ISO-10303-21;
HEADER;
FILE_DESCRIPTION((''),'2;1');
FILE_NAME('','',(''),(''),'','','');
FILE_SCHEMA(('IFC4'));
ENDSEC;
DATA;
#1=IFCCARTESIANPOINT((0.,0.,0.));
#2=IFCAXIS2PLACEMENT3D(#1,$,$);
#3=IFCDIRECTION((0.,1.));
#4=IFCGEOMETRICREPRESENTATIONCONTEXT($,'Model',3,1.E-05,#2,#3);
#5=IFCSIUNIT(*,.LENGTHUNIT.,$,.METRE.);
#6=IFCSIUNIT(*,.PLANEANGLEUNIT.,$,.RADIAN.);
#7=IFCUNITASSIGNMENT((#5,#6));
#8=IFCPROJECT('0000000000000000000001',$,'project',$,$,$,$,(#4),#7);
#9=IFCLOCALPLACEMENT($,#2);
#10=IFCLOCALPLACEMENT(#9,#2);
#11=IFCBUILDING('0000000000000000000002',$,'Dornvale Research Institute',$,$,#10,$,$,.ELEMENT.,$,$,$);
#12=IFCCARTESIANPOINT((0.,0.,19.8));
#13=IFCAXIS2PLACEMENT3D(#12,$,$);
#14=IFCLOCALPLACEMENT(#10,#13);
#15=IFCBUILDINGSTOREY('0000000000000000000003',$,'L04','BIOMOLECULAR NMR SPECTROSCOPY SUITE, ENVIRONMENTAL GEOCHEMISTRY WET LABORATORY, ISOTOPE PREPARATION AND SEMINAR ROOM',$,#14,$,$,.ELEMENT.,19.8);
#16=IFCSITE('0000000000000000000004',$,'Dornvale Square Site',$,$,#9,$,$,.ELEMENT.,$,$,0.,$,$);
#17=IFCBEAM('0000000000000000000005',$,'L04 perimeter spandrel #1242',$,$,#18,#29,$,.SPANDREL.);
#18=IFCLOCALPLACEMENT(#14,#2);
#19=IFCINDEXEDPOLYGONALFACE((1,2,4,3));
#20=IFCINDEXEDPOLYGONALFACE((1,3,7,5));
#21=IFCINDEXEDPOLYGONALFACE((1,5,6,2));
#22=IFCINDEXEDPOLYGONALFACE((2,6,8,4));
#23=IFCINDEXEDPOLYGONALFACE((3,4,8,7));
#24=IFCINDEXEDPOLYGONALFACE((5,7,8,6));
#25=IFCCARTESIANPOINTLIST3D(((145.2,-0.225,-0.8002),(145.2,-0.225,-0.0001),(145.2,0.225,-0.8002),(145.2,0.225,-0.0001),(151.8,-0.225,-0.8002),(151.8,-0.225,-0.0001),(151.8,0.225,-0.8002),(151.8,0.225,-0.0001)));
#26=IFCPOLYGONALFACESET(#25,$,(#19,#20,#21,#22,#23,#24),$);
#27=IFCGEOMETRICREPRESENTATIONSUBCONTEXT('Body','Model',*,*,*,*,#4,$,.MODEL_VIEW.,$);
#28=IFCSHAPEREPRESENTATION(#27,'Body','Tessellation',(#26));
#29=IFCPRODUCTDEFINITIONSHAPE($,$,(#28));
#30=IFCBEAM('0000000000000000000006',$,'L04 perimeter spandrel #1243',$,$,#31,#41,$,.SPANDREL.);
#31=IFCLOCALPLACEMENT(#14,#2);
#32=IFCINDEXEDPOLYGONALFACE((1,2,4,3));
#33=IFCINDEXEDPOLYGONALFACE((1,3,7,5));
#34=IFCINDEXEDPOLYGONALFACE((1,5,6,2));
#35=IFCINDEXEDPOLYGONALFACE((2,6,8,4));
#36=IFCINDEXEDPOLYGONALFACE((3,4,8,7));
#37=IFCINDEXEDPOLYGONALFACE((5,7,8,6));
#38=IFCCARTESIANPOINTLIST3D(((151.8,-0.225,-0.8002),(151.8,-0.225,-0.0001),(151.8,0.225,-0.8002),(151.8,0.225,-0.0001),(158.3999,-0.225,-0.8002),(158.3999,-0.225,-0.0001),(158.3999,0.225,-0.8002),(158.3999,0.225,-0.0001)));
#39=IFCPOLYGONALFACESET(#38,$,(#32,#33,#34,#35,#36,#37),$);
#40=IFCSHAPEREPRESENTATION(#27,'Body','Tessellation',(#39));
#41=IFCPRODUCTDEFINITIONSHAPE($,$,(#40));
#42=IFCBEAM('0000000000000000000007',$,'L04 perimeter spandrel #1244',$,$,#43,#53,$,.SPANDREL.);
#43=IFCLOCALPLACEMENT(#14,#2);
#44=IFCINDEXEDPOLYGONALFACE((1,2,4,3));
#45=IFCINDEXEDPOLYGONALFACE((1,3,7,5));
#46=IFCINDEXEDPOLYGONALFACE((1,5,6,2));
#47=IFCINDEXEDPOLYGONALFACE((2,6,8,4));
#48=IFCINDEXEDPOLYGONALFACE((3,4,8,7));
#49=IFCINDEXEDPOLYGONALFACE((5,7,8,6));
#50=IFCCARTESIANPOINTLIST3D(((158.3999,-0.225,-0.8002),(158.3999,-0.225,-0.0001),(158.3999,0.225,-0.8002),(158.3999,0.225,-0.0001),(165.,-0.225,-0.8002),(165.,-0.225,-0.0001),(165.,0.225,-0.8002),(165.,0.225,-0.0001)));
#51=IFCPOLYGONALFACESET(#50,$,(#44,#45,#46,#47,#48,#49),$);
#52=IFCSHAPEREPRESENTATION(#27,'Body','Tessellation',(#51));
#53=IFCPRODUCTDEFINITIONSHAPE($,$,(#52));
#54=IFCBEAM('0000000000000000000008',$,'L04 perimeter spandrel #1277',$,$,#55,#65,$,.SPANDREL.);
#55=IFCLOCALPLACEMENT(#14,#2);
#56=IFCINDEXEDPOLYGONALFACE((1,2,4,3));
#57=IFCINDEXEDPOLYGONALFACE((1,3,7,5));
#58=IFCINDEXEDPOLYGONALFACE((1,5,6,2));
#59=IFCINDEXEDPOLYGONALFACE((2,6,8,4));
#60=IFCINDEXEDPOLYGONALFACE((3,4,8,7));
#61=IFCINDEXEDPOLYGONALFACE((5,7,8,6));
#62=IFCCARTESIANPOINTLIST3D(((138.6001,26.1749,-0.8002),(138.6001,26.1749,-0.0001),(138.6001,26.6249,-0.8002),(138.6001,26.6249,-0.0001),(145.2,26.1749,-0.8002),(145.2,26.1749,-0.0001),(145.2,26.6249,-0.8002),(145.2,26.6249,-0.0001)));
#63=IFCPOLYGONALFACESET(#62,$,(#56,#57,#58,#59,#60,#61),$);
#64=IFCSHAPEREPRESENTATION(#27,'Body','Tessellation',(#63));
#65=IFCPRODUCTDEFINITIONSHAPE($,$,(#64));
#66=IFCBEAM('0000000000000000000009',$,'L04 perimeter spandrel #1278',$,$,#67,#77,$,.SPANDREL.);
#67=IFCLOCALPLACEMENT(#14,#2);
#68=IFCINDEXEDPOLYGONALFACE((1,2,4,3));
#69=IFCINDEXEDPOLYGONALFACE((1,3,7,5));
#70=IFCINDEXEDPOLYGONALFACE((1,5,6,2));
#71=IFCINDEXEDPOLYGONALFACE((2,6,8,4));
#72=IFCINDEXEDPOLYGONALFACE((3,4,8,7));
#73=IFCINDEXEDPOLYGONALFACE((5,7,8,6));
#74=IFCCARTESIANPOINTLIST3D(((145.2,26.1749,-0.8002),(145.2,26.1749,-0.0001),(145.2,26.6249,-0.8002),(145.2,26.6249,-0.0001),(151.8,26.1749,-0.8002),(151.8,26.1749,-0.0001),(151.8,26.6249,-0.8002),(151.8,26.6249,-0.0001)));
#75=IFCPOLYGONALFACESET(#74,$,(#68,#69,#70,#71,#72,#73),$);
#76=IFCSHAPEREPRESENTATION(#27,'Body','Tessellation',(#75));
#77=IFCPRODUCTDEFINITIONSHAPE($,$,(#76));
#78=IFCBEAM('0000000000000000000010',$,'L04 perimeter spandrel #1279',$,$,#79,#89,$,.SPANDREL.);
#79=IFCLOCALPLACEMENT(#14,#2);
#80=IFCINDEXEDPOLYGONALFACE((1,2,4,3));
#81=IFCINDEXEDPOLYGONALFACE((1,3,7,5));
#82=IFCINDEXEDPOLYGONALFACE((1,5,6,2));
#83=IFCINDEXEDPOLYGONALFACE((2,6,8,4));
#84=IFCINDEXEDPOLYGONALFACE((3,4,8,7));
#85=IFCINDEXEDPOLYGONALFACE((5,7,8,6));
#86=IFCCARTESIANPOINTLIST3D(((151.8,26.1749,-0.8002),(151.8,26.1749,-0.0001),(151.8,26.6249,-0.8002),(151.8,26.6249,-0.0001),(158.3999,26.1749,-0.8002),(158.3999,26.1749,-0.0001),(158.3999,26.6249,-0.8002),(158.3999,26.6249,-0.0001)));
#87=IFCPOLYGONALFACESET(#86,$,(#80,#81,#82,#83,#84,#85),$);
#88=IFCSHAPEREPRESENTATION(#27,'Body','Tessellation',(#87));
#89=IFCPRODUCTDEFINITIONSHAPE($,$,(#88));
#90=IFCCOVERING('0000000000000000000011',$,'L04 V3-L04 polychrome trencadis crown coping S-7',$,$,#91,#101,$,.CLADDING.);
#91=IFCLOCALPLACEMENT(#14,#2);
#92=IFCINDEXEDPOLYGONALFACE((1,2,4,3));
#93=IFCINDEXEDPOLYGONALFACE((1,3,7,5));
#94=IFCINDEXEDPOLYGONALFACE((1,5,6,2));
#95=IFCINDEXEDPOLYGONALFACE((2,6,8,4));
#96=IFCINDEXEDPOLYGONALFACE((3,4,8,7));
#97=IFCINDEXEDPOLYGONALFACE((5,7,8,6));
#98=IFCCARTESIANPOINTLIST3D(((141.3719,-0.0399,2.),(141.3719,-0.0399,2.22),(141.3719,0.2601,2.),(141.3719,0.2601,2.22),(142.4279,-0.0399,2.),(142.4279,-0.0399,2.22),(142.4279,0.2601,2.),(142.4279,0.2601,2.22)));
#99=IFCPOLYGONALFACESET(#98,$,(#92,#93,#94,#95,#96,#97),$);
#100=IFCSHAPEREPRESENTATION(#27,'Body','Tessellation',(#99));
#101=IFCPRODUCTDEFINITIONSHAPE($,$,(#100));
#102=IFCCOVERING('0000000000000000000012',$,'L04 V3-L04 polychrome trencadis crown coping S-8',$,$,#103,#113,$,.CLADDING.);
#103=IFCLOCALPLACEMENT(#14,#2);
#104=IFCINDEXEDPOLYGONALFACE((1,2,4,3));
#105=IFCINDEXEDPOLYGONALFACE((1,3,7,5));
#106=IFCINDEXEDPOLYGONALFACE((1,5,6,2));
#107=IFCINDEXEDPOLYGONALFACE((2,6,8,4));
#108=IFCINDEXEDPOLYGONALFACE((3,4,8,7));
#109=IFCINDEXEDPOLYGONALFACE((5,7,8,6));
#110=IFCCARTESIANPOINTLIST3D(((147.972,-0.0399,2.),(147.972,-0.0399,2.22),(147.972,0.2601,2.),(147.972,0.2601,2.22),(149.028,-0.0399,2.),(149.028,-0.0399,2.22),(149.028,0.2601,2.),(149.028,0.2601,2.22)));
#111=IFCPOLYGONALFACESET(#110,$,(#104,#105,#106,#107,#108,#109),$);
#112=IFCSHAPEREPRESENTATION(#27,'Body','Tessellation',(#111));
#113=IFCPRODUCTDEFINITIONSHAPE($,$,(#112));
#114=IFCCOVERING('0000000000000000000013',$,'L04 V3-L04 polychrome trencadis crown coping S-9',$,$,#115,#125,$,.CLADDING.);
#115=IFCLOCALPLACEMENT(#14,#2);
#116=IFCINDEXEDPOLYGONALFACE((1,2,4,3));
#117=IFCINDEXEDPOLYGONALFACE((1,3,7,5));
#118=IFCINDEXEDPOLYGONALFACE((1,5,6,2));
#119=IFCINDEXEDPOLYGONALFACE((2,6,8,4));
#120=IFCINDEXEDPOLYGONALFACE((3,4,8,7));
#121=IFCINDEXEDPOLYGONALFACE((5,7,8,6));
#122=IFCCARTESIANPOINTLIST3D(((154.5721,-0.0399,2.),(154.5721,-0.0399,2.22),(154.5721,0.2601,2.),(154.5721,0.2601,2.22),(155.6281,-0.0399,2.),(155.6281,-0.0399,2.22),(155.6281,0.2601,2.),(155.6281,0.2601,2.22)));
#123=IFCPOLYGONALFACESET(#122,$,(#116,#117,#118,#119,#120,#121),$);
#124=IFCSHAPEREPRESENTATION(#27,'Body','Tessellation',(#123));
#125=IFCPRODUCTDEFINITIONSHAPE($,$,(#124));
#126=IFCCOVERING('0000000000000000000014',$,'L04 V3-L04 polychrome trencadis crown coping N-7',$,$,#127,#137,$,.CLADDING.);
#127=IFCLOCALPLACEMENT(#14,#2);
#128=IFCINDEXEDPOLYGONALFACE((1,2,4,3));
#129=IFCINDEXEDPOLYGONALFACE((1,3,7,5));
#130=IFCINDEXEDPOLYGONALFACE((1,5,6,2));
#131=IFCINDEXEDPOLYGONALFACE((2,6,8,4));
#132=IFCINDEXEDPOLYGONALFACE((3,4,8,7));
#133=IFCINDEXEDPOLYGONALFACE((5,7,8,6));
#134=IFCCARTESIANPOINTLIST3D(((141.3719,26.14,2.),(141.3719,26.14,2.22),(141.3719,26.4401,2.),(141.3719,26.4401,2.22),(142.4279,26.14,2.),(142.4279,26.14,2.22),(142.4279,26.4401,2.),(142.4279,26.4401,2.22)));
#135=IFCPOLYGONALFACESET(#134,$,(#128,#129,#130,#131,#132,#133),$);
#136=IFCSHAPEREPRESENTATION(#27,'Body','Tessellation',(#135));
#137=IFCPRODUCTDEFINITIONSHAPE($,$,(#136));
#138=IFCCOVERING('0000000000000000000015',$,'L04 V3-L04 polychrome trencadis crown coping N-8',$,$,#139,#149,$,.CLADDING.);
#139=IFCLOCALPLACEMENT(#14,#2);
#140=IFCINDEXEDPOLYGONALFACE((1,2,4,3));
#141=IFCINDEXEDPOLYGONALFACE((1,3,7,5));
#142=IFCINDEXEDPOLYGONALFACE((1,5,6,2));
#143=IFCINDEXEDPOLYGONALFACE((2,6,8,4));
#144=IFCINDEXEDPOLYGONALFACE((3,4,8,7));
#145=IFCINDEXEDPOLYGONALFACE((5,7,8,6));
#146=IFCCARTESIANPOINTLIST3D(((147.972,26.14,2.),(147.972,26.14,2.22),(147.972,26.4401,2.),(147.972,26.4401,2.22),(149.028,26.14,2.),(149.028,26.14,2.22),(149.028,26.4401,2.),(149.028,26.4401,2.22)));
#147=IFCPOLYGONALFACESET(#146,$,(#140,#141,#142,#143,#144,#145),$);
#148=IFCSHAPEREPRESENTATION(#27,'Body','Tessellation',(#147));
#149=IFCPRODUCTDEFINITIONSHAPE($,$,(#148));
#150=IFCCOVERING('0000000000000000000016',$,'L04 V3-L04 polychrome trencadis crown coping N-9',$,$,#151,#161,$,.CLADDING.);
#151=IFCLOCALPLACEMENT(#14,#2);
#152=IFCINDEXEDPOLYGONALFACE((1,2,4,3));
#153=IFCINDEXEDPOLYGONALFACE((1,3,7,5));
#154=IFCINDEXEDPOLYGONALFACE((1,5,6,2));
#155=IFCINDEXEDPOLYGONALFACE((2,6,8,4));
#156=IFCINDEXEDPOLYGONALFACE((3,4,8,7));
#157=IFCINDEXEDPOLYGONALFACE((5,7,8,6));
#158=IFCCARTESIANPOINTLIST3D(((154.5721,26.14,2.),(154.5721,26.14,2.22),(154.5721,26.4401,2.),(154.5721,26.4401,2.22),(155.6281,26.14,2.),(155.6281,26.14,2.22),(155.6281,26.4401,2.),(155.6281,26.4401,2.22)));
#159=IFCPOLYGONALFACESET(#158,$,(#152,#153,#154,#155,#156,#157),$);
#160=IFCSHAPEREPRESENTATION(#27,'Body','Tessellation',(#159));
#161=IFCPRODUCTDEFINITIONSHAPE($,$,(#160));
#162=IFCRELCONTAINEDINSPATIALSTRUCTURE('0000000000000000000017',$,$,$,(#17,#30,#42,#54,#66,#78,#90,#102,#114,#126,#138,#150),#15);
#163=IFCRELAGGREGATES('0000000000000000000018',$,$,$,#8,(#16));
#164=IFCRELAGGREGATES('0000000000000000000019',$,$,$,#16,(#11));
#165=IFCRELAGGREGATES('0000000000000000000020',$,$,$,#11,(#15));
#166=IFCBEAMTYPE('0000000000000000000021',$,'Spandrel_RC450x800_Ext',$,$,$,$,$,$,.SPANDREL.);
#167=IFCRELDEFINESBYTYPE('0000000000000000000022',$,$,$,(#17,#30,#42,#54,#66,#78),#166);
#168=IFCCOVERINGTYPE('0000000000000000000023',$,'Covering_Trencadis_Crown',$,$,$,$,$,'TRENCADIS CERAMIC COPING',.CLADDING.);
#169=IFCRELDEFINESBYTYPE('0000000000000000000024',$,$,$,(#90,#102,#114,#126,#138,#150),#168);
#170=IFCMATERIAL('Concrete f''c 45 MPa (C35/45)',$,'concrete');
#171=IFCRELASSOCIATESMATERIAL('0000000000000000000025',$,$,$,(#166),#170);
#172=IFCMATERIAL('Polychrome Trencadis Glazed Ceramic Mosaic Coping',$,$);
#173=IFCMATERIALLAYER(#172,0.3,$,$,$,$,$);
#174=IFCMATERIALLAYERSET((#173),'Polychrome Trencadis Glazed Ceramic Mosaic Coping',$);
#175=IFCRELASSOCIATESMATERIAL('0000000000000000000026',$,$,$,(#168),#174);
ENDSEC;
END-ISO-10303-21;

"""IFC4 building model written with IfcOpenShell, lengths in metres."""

from ifc_helpers import new_model, si_unit, direction, frame, origin, origin_2d, place, context, subcontext, project, spatial, rectangle, extrude, material, layer, layer_set, material_profile, profile_set, type_object, element, save


model = new_model("IFC4")

# Units and contexts
model_context = context("Model", 3, precision=1e-05, world=origin(), true_north=direction((0.0, 1.0)))
body_context = subcontext(model_context, "Body", "Model", "MODEL_VIEW")
ifc_project = project(units=[si_unit("LENGTHUNIT", "METRE"), si_unit("PLANEANGLEUNIT", "RADIAN")], contexts=[model_context])

# Site, building, storey
site_placement = place(None, origin())
site = spatial("IfcSite", under=ifc_project, at=site_placement, Name="Dornvale Square Site", CompositionType="ELEMENT", RefElevation=0.0)
building_placement = place(site_placement, origin())
building = spatial("IfcBuilding", under=site, at=building_placement, Name="Dornvale Research Institute", CompositionType="ELEMENT")
storey_placement = place(building_placement, frame((0.0, 0.0, 19.8)))
storey = spatial("IfcBuildingStorey", under=building, at=storey_placement, Name="L04", Description="BIOMOLECULAR NMR SPECTROSCOPY SUITE, ENVIRONMENTAL GEOCHEMISTRY WET LABORATORY, ISOTOPE PREPARATION AND SEMINAR ROOM", CompositionType="ELEMENT", Elevation=19.8)

# Beams
ifc_material_1 = material(Name="Concrete f'c 45 MPa (C35/45)", Category="concrete")
ifc_material_profile_1 = material_profile(ifc_material_1, rectangle(XDim=0.45, YDim=0.8, at=origin_2d()), Name="RC 450x800")
ifc_profile_set_1 = profile_set([ifc_material_profile_1], Name="Concrete f'c 45 MPa (C35/45)")
beam_type_1 = type_object("IfcBeamType", Name="Spandrel_RC450x800_Ext", PredefinedType="SPANDREL", material=ifc_profile_set_1)
beam_1_placement = place(storey_placement, frame((145.2, 0.0, -0.4001), z_axis=(1.0, 0.0, 0.0), x_axis=(0.0, 1.0, 0.0)))
element("IfcBeam", 1, at=beam_1_placement, inside=storey, type_object=beam_type_1, Name="L04 perimeter spandrel #1242", PredefinedType="SPANDREL", context=body_context, shape_type="SweptSolid", body=[
    extrude(rectangle(XDim=0.45, YDim=0.8, at=origin_2d()), origin(), (0.0, 0.0, 1.0), 6.6001),
])
beam_2_placement = place(storey_placement, frame((151.8, 0.0, -0.4001), z_axis=(1.0, 0.0, 0.0), x_axis=(0.0, 1.0, 0.0)))
element("IfcBeam", 2, at=beam_2_placement, inside=storey, type_object=beam_type_1, Name="L04 perimeter spandrel #1243", PredefinedType="SPANDREL", context=body_context, shape_type="SweptSolid", body=[
    extrude(rectangle(XDim=0.45, YDim=0.8, at=origin_2d()), origin(), (0.0, 0.0, 1.0), 6.5999),
])
beam_3_placement = place(storey_placement, frame((158.3999, 0.0, -0.4001), z_axis=(1.0, 0.0, 0.0), x_axis=(0.0, 1.0, 0.0)))
element("IfcBeam", 3, at=beam_3_placement, inside=storey, type_object=beam_type_1, Name="L04 perimeter spandrel #1244", PredefinedType="SPANDREL", context=body_context, shape_type="SweptSolid", body=[
    extrude(rectangle(XDim=0.45, YDim=0.8, at=origin_2d()), origin(), (0.0, 0.0, 1.0), 6.6001),
])
beam_4_placement = place(storey_placement, frame((138.6001, 26.3999, -0.4001), z_axis=(1.0, 0.0, 0.0), x_axis=(0.0, 1.0, 0.0)))
element("IfcBeam", 4, at=beam_4_placement, inside=storey, type_object=beam_type_1, Name="L04 perimeter spandrel #1277", PredefinedType="SPANDREL", context=body_context, shape_type="SweptSolid", body=[
    extrude(rectangle(XDim=0.45, YDim=0.8, at=origin_2d()), origin(), (0.0, 0.0, 1.0), 6.5999),
])
beam_5_placement = place(storey_placement, frame((145.2, 26.3999, -0.4001), z_axis=(1.0, 0.0, 0.0), x_axis=(0.0, 1.0, 0.0)))
element("IfcBeam", 5, at=beam_5_placement, inside=storey, type_object=beam_type_1, Name="L04 perimeter spandrel #1278", PredefinedType="SPANDREL", context=body_context, shape_type="SweptSolid", body=[
    extrude(rectangle(XDim=0.45, YDim=0.8, at=origin_2d()), origin(), (0.0, 0.0, 1.0), 6.6001),
])
beam_6_placement = place(storey_placement, frame((151.8, 26.3999, -0.4001), z_axis=(1.0, 0.0, 0.0), x_axis=(0.0, 1.0, 0.0)))
element("IfcBeam", 6, at=beam_6_placement, inside=storey, type_object=beam_type_1, Name="L04 perimeter spandrel #1279", PredefinedType="SPANDREL", context=body_context, shape_type="SweptSolid", body=[
    extrude(rectangle(XDim=0.45, YDim=0.8, at=origin_2d()), origin(), (0.0, 0.0, 1.0), 6.5999),
])

# Coverings
ifc_material_2 = material(Name="Polychrome Trencadis Glazed Ceramic Mosaic Coping")
ifc_layer = layer(ifc_material_2, 0.3)
ifc_layer_set = layer_set([ifc_layer], Name="Polychrome Trencadis Glazed Ceramic Mosaic Coping")
covering_type = type_object("IfcCoveringType", Name="Covering_Trencadis_Crown", ElementType="TRENCADIS CERAMIC COPING", PredefinedType="CLADDING", material=ifc_layer_set)
for number, where, z_axis, x_axis, name in (
    (7, (141.8999, 0.1101, 2.0), (0.0, 0.0, 1.0), (1.0, 0.0, 0.0), "L04 V3-L04 polychrome trencadis crown coping S-7"),
    (8, (148.5, 0.1101, 2.0), (0.0, 0.0, 1.0), (1.0, 0.0, 0.0), "L04 V3-L04 polychrome trencadis crown coping S-8"),
    (9, (155.1001, 0.1101, 2.0), (0.0, 0.0, 1.0), (1.0, 0.0, 0.0), "L04 V3-L04 polychrome trencadis crown coping S-9"),
    (10, (141.8999, 26.29, 2.0), (0.0, 0.0, 1.0), (1.0, 0.0, 0.0), "L04 V3-L04 polychrome trencadis crown coping N-7"),
    (11, (148.5, 26.29, 2.0), (0.0, 0.0, 1.0), (1.0, 0.0, 0.0), "L04 V3-L04 polychrome trencadis crown coping N-8"),
    (12, (155.1001, 26.29, 2.0), (0.0, 0.0, 1.0), (1.0, 0.0, 0.0), "L04 V3-L04 polychrome trencadis crown coping N-9"),
):
    element("IfcCovering", number, at=place(storey_placement, frame(where, z_axis=z_axis, x_axis=x_axis)), inside=storey, type_object=covering_type, Name=name, PredefinedType="CLADDING", context=body_context, shape_type="SweptSolid", body=[
        extrude(rectangle(XDim=1.0559, YDim=0.3, at=origin_2d()), origin(), (0.0, 0.0, 1.0), 0.22),
    ])

save(model, "model.ifc")
